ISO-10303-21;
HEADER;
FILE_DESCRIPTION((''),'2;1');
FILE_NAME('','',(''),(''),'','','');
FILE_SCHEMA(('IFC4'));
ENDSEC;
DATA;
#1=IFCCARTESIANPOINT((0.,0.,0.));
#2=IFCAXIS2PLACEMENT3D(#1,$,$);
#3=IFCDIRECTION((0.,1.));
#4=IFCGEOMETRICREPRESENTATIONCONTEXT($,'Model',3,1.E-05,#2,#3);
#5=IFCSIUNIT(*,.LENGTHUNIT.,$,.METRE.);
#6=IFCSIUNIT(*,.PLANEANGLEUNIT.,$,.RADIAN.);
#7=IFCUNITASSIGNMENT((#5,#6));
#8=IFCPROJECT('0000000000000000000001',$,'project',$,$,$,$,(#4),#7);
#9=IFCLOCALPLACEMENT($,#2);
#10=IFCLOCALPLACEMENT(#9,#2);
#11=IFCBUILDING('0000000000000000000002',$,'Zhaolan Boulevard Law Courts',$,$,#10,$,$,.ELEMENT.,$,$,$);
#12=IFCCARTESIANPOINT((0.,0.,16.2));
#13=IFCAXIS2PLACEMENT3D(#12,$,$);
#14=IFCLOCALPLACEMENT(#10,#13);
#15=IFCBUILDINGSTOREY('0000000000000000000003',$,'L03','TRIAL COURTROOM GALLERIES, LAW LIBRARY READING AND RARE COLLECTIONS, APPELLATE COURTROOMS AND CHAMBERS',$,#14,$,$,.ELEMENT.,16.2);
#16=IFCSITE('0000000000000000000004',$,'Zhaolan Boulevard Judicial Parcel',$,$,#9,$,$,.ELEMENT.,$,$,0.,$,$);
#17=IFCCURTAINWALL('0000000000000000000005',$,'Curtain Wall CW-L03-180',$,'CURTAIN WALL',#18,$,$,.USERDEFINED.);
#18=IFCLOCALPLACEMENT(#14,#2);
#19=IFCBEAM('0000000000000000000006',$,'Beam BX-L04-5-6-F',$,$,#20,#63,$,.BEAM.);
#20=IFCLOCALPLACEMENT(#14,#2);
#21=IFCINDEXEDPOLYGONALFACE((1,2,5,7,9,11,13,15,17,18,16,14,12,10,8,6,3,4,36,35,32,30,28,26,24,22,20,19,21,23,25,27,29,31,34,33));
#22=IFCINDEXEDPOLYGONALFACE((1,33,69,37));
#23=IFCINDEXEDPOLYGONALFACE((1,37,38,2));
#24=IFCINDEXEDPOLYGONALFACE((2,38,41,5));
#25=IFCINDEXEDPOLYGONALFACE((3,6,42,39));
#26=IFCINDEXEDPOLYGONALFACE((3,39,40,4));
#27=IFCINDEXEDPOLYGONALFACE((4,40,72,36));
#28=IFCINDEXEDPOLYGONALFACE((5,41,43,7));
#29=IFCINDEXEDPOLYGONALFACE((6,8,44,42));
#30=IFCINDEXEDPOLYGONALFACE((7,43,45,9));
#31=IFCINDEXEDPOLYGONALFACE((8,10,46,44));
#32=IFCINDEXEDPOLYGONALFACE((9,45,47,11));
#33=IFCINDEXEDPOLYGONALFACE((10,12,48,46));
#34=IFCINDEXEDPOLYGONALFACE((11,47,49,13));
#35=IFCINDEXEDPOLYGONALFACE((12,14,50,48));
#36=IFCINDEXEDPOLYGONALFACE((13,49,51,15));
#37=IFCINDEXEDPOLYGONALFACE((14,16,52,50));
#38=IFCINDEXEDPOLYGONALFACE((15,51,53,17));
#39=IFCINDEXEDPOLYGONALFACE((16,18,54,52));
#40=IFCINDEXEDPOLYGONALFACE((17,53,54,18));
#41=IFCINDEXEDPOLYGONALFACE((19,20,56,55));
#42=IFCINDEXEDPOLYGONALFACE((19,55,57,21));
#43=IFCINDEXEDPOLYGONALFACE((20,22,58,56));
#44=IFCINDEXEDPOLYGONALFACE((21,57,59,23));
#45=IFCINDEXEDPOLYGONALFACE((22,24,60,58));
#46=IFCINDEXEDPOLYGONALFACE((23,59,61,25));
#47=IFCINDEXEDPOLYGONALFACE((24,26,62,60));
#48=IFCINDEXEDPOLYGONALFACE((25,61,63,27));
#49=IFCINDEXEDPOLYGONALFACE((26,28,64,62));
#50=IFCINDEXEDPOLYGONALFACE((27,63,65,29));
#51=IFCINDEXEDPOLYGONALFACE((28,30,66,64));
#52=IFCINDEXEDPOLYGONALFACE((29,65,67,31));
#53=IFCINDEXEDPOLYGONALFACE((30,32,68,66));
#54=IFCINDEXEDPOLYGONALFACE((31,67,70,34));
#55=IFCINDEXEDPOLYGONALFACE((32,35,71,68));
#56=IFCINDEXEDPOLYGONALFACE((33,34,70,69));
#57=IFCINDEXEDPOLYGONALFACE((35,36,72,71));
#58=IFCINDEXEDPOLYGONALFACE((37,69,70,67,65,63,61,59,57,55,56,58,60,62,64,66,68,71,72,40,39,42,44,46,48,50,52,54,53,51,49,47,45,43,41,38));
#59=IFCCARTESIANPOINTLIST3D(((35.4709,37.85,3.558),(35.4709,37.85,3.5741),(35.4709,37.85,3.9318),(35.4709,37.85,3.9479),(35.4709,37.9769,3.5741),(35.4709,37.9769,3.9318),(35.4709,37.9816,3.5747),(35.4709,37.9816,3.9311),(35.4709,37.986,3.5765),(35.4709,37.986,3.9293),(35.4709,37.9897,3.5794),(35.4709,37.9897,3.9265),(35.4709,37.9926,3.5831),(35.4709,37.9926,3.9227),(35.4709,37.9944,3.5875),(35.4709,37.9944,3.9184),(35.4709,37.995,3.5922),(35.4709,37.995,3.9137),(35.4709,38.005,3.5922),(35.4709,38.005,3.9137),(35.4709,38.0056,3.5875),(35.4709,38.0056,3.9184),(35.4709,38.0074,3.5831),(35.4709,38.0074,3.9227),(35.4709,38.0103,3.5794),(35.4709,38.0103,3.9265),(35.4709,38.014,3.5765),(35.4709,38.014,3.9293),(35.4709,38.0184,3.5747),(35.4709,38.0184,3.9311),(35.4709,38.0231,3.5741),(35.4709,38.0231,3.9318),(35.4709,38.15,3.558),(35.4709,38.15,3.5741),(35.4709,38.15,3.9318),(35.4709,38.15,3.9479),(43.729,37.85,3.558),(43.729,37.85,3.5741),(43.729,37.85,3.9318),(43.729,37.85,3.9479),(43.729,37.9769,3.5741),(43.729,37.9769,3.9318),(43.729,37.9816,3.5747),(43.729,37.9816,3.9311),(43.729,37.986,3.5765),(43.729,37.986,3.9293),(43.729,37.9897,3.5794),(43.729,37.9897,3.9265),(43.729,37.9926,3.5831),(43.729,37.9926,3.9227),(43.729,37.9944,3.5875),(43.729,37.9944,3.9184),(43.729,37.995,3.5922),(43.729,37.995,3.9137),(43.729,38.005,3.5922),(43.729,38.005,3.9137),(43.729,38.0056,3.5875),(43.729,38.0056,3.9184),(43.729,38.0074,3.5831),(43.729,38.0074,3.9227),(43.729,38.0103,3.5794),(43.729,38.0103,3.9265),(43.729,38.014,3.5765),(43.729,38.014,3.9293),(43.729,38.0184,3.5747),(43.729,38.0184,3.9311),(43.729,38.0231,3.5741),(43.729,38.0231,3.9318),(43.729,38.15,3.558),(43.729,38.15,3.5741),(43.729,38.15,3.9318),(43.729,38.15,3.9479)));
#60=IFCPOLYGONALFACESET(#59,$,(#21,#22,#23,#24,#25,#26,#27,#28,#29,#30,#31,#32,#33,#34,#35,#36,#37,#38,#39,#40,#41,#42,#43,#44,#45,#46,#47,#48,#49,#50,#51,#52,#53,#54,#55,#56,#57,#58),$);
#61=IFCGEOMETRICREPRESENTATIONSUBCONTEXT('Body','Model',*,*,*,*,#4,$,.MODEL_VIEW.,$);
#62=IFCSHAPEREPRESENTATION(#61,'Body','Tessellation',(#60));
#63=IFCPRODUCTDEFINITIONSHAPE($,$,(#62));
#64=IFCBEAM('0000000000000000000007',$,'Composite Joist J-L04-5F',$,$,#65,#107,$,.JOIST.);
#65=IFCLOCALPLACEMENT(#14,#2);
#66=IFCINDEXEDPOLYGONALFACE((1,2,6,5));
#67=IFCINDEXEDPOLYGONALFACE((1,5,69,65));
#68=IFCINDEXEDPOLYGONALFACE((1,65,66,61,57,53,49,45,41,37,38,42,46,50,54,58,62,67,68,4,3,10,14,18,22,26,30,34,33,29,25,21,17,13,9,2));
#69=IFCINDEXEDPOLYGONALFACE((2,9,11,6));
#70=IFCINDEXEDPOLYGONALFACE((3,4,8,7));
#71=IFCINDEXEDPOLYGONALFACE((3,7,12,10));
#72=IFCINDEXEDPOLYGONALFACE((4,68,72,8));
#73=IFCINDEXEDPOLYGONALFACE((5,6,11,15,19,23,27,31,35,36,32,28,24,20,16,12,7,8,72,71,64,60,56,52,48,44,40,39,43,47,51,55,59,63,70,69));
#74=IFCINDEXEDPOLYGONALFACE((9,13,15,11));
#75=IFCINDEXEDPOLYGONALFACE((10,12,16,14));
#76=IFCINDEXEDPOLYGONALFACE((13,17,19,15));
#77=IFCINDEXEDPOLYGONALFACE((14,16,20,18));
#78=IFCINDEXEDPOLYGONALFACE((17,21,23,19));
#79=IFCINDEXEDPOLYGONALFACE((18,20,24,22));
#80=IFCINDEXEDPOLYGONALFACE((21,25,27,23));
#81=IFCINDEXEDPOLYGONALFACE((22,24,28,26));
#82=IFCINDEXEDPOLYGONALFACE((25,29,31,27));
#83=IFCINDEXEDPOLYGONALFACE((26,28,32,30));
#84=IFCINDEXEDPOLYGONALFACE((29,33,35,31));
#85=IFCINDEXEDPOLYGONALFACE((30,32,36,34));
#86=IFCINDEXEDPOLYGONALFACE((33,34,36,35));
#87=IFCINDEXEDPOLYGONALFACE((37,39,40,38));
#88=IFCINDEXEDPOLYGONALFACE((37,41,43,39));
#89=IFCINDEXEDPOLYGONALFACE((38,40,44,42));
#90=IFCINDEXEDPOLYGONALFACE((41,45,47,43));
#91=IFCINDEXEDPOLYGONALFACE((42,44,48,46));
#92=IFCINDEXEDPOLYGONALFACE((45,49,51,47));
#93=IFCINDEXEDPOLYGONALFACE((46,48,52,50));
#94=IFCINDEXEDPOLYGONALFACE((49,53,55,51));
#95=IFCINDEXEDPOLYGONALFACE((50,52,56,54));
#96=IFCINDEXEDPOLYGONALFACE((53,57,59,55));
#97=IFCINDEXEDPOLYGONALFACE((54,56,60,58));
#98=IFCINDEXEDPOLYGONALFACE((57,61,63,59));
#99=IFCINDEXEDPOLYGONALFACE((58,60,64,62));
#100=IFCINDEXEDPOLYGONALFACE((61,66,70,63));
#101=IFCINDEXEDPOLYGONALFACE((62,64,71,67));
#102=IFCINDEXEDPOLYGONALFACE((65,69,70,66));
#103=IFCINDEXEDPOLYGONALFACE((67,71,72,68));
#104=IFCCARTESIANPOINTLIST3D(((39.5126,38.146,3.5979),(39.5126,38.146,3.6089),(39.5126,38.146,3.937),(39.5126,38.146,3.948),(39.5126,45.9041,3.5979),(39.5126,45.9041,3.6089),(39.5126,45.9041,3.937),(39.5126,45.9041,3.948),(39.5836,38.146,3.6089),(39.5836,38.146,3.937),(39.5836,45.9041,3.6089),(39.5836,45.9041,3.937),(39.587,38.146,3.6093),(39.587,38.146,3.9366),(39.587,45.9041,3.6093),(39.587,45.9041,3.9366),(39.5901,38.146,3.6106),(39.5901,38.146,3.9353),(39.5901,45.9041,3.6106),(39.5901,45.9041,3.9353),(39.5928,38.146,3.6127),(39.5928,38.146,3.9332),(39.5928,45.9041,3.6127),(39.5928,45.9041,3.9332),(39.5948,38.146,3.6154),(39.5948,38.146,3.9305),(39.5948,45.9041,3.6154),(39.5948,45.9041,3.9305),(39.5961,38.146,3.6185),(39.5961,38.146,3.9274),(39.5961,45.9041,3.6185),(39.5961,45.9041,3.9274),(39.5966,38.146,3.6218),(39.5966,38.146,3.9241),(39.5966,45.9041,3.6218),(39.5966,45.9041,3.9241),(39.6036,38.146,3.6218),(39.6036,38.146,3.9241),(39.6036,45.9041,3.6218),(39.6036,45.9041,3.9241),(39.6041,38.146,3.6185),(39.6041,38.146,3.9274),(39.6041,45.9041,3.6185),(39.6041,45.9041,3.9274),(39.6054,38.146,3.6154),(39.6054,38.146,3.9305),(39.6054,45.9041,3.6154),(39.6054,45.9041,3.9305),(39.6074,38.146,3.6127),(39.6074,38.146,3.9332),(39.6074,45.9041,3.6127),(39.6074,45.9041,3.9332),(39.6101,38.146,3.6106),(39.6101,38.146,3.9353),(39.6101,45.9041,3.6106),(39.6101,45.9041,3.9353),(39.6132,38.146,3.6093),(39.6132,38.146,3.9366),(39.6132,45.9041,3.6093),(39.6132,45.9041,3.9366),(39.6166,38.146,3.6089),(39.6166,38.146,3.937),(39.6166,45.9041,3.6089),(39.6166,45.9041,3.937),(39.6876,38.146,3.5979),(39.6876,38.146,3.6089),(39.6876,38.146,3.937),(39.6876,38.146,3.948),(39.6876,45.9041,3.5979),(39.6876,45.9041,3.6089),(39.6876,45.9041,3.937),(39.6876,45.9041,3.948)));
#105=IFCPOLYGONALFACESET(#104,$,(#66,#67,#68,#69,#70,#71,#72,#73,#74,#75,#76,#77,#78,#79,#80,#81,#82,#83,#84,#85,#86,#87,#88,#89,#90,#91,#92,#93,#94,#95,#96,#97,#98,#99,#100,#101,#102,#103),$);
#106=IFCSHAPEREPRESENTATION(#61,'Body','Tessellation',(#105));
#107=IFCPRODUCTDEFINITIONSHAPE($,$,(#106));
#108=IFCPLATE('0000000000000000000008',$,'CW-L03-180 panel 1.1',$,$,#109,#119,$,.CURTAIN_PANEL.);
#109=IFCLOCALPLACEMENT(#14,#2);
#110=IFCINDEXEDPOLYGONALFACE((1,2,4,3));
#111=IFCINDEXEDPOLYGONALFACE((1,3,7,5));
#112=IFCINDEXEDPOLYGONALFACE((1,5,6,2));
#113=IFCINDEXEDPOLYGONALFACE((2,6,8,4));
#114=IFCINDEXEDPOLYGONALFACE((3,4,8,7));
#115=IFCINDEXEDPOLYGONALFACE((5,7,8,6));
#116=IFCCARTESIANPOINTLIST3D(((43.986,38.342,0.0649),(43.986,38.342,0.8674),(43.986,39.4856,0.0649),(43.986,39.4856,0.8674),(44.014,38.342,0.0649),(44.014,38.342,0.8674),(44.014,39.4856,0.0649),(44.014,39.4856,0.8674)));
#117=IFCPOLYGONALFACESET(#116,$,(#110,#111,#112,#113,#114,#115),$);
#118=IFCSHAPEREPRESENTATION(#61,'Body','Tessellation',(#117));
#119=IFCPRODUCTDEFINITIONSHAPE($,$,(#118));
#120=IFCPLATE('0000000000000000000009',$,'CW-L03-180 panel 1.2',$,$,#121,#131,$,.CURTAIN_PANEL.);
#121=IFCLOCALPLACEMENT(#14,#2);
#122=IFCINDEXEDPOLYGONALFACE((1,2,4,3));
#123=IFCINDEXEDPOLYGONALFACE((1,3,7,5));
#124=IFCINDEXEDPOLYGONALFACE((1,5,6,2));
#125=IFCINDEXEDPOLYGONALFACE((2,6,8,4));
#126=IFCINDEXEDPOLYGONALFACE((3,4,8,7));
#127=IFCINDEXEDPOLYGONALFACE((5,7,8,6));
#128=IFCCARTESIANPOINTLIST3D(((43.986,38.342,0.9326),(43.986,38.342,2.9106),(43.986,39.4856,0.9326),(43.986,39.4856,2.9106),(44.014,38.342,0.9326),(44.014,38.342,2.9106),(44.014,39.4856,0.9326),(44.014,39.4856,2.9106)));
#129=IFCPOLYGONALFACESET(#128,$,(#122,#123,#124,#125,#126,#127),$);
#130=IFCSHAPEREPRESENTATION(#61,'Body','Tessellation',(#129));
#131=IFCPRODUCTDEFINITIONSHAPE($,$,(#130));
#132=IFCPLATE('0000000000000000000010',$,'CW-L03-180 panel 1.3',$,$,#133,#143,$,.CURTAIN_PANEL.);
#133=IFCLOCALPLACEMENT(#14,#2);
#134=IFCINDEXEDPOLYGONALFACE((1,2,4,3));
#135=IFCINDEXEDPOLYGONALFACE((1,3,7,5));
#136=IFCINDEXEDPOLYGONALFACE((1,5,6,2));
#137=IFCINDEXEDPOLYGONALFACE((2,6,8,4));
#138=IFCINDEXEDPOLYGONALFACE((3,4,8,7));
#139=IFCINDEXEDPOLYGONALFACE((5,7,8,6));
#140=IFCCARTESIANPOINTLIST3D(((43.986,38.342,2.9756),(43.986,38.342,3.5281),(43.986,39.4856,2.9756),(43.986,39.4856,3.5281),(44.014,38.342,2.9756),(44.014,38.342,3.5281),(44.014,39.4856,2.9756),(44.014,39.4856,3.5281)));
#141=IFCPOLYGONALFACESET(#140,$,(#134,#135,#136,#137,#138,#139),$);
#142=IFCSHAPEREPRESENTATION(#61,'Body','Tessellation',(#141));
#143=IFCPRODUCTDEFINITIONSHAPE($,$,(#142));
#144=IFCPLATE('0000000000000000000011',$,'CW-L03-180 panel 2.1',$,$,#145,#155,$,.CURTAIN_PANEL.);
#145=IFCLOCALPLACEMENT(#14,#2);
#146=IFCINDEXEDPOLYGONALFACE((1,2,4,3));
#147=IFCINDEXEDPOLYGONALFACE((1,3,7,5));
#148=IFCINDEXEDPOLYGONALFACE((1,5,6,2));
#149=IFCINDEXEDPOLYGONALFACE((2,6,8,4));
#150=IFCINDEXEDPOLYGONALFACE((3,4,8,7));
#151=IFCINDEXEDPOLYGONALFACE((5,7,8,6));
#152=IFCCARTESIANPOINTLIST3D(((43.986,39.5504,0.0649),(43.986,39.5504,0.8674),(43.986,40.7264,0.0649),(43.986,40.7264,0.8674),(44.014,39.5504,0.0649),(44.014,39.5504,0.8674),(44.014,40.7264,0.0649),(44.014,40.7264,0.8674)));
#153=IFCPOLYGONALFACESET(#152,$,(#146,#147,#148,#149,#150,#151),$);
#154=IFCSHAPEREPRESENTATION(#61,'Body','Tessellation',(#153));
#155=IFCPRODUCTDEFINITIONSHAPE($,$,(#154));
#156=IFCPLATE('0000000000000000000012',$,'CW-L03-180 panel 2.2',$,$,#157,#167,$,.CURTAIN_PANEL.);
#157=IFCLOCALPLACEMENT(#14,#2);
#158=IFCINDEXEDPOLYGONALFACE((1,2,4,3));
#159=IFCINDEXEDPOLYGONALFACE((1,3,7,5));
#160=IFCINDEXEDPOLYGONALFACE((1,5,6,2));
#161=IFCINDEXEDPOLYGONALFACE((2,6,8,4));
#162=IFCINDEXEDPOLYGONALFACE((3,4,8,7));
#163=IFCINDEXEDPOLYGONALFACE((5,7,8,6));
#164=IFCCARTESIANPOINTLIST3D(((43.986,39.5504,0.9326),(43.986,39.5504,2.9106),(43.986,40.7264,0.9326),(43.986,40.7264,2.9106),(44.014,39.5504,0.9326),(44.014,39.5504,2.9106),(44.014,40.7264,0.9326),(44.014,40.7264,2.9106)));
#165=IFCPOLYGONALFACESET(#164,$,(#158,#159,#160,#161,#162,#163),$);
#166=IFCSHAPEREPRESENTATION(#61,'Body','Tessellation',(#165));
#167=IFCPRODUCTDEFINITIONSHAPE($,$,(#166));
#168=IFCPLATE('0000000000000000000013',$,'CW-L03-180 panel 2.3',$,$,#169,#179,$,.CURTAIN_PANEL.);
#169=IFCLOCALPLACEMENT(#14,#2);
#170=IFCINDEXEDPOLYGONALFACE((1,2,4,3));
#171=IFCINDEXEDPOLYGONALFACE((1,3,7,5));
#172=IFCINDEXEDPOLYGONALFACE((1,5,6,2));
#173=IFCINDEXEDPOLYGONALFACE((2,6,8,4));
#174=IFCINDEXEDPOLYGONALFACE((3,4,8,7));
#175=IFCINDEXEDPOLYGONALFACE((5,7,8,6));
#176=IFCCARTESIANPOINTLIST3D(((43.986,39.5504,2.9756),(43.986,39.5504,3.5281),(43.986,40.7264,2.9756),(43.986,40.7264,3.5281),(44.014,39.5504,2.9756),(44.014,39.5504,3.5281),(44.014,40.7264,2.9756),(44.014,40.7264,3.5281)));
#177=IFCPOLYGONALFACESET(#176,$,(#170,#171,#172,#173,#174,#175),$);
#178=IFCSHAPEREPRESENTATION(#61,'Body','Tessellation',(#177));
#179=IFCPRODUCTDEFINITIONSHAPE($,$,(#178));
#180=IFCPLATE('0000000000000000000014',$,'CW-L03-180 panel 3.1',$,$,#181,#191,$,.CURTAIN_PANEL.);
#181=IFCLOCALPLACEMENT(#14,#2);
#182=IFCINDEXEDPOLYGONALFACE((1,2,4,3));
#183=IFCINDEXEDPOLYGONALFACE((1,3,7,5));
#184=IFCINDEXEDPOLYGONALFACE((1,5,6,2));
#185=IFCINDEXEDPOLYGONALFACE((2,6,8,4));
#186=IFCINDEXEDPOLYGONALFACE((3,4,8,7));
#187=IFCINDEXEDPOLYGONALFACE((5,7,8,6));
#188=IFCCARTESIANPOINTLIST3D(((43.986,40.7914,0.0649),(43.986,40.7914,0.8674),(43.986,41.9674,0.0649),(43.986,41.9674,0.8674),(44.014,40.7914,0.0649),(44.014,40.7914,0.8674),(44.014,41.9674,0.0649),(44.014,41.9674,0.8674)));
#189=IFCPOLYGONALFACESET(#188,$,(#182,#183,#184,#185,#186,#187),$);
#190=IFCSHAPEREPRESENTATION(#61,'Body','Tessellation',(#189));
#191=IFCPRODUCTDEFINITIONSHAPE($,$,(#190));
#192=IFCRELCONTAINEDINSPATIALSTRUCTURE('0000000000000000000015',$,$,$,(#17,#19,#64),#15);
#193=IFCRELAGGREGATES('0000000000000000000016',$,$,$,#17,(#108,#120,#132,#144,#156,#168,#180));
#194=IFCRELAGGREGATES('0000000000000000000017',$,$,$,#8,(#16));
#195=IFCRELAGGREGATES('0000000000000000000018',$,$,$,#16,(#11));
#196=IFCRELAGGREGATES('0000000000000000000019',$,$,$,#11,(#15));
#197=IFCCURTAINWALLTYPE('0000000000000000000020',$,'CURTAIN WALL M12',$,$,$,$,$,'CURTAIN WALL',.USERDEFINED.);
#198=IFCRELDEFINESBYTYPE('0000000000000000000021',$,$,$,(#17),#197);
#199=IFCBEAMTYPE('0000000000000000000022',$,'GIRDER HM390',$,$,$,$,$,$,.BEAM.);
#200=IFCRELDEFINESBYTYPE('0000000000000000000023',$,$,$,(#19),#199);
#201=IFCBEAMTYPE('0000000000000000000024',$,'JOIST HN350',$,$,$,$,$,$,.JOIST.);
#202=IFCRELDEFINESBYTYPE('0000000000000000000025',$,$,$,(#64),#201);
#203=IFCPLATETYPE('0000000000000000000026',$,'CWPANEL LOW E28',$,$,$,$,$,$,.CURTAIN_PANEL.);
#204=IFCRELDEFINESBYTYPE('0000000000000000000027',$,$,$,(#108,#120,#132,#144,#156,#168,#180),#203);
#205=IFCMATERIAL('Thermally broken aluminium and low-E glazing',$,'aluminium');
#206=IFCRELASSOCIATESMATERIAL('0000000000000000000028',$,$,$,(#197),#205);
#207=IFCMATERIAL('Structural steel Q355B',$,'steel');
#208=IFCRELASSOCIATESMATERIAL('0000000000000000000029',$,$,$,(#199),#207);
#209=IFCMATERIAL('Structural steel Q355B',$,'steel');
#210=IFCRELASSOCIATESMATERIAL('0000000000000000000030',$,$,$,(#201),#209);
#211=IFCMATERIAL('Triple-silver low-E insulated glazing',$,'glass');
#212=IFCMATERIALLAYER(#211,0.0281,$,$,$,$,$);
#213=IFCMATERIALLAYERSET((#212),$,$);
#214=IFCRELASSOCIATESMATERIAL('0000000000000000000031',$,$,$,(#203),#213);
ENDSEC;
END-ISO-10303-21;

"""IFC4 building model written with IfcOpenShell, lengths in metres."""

from ifc_helpers import new_model, si_unit, direction, frame, origin, origin_2d, place, context, subcontext, project, spatial, rectangle, i_section, extrude, material, layer, layer_set, material_profile, profile_set, type_object, element, aggregate, save


model = new_model("IFC4")

# Units and contexts
model_context = context("Model", 3, precision=1e-05, world=origin(), true_north=direction((0.0, 1.0)))
body_context = subcontext(model_context, "Body", "Model", "MODEL_VIEW")
ifc_project = project(units=[si_unit("LENGTHUNIT", "METRE"), si_unit("PLANEANGLEUNIT", "RADIAN")], contexts=[model_context])

# Site, building, storey
site_placement = place(None, origin())
site = spatial("IfcSite", under=ifc_project, at=site_placement, Name="Zhaolan Boulevard Judicial Parcel", CompositionType="ELEMENT", RefElevation=0.0)
building_placement = place(site_placement, origin())
building = spatial("IfcBuilding", under=site, at=building_placement, Name="Zhaolan Boulevard Law Courts", CompositionType="ELEMENT")
storey_placement = place(building_placement, frame((0.0, 0.0, 16.2)))
storey = spatial("IfcBuildingStorey", under=building, at=storey_placement, Name="L03", Description="TRIAL COURTROOM GALLERIES, LAW LIBRARY READING AND RARE COLLECTIONS, APPELLATE COURTROOMS AND CHAMBERS", CompositionType="ELEMENT", Elevation=16.2)

# Curtain wall
ifc_material_1 = material(Name="Thermally broken aluminium and low-E glazing", Category="aluminium")
curtain_wall_type = type_object("IfcCurtainWallType", Name="CURTAIN WALL M12", ElementType="CURTAIN WALL", PredefinedType="USERDEFINED", material=ifc_material_1)
curtain_wall_placement = place(storey_placement, origin())
curtain_wall = element("IfcCurtainWall", 1, at=curtain_wall_placement, inside=storey, type_object=curtain_wall_type, Name="Curtain Wall CW-L03-180", ObjectType="CURTAIN WALL", PredefinedType="USERDEFINED")

# Beams
ifc_material_2 = material(Name="Structural steel Q355B", Category="steel")
ifc_material_profile_1 = material_profile(ifc_material_2, i_section(OverallWidth=0.3, OverallDepth=0.3899, WebThickness=0.01, FlangeThickness=0.0161, FilletRadius=0.0181, at=origin_2d()), Name="HM390x300")
ifc_profile_set_1 = profile_set([ifc_material_profile_1], Name="Structural steel Q355B")
beam_type_1 = type_object("IfcBeamType", Name="GIRDER HM390", PredefinedType="BEAM", material=ifc_profile_set_1)
beam_1_placement = place(storey_placement, frame((35.4709, 38.0, 3.7529), z_axis=(1.0, 0.0, 0.0), x_axis=(0.0, 1.0, 0.0)))
element("IfcBeam", 2, at=beam_1_placement, inside=storey, type_object=beam_type_1, Name="Beam BX-L04-5-6-F", PredefinedType="BEAM", context=body_context, shape_type="SweptSolid", body=[
    extrude(i_section(OverallWidth=0.3, OverallDepth=0.3899, WebThickness=0.01, FlangeThickness=0.0161, FilletRadius=0.0181, at=origin_2d()), origin(), (0.0, 0.0, 1.0), 8.2581),
])
ifc_material_3 = material(Name="Structural steel Q355B", Category="steel")
ifc_material_profile_2 = material_profile(ifc_material_3, i_section(OverallWidth=0.175, OverallDepth=0.3501, WebThickness=0.0071, FlangeThickness=0.011, FilletRadius=0.0129, at=origin_2d()), Name="HN350x175")
ifc_profile_set_2 = profile_set([ifc_material_profile_2], Name="Structural steel Q355B")
beam_type_2 = type_object("IfcBeamType", Name="JOIST HN350", PredefinedType="JOIST", material=ifc_profile_set_2)
beam_2_placement = place(storey_placement, frame((39.6001, 38.146, 3.7729), z_axis=(0.0, 1.0, 0.0), x_axis=(-1.0, 0.0, 0.0)))
element("IfcBeam", 3, at=beam_2_placement, inside=storey, type_object=beam_type_2, Name="Composite Joist J-L04-5F", PredefinedType="JOIST", context=body_context, shape_type="SweptSolid", body=[
    extrude(i_section(OverallWidth=0.175, OverallDepth=0.3501, WebThickness=0.0071, FlangeThickness=0.011, FilletRadius=0.0129, at=origin_2d()), origin(), (0.0, 0.0, 1.0), 7.7581),
])

# Plates
ifc_material_4 = material(Name="Triple-silver low-E insulated glazing", Category="glass")
ifc_layer_1 = layer(ifc_material_4, 0.0281)
ifc_layer_set_1 = layer_set([ifc_layer_1])
plate_type_1 = type_object("IfcPlateType", Name="CWPANEL LOW E28", PredefinedType="CURTAIN_PANEL", material=ifc_layer_set_1)
plate_1_placement = place(storey_placement, frame((44.0, 38.9138, 0.0649), z_axis=(0.0, 0.0, 1.0), x_axis=(0.0, 1.0, 0.0)))
plate_1 = element("IfcPlate", 4, at=plate_1_placement, type_object=plate_type_1, Name="CW-L03-180 panel 1.1", PredefinedType="CURTAIN_PANEL", context=body_context, shape_type="SweptSolid", body=[
    extrude(rectangle(XDim=1.1436, YDim=0.0281, at=origin_2d()), origin(), (0.0, 0.0, 1.0), 0.8025),
])
plate_2_placement = place(storey_placement, frame((44.0, 38.9138, 0.9326), z_axis=(0.0, 0.0, 1.0), x_axis=(0.0, 1.0, 0.0)))
plate_2 = element("IfcPlate", 5, at=plate_2_placement, type_object=plate_type_1, Name="CW-L03-180 panel 1.2", PredefinedType="CURTAIN_PANEL", context=body_context, shape_type="SweptSolid", body=[
    extrude(rectangle(XDim=1.1436, YDim=0.0281, at=origin_2d()), origin(), (0.0, 0.0, 1.0), 1.978),
])
plate_3_placement = place(storey_placement, frame((44.0, 38.9138, 2.9756), z_axis=(0.0, 0.0, 1.0), x_axis=(0.0, 1.0, 0.0)))
plate_3 = element("IfcPlate", 6, at=plate_3_placement, type_object=plate_type_1, Name="CW-L03-180 panel 1.3", PredefinedType="CURTAIN_PANEL", context=body_context, shape_type="SweptSolid", body=[
    extrude(rectangle(XDim=1.1436, YDim=0.0281, at=origin_2d()), origin(), (0.0, 0.0, 1.0), 0.5525),
])
plate_4_placement = place(storey_placement, frame((44.0, 40.1384, 0.0649), z_axis=(0.0, 0.0, 1.0), x_axis=(0.0, 1.0, 0.0)))
plate_4 = element("IfcPlate", 7, at=plate_4_placement, type_object=plate_type_1, Name="CW-L03-180 panel 2.1", PredefinedType="CURTAIN_PANEL", context=body_context, shape_type="SweptSolid", body=[
    extrude(rectangle(XDim=1.176, YDim=0.0281, at=origin_2d()), origin(), (0.0, 0.0, 1.0), 0.8025),
])
plate_5_placement = place(storey_placement, frame((44.0, 40.1384, 0.9326), z_axis=(0.0, 0.0, 1.0), x_axis=(0.0, 1.0, 0.0)))
plate_5 = element("IfcPlate", 8, at=plate_5_placement, type_object=plate_type_1, Name="CW-L03-180 panel 2.2", PredefinedType="CURTAIN_PANEL", context=body_context, shape_type="SweptSolid", body=[
    extrude(rectangle(XDim=1.176, YDim=0.0281, at=origin_2d()), origin(), (0.0, 0.0, 1.0), 1.978),
])
plate_6_placement = place(storey_placement, frame((44.0, 40.1384, 2.9756), z_axis=(0.0, 0.0, 1.0), x_axis=(0.0, 1.0, 0.0)))
plate_6 = element("IfcPlate", 9, at=plate_6_placement, type_object=plate_type_1, Name="CW-L03-180 panel 2.3", PredefinedType="CURTAIN_PANEL", context=body_context, shape_type="SweptSolid", body=[
    extrude(rectangle(XDim=1.176, YDim=0.0281, at=origin_2d()), origin(), (0.0, 0.0, 1.0), 0.5525),
])
plate_7_placement = place(storey_placement, frame((44.0, 41.3794, 0.0649), z_axis=(0.0, 0.0, 1.0), x_axis=(0.0, 1.0, 0.0)))
plate_7 = element("IfcPlate", 10, at=plate_7_placement, type_object=plate_type_1, Name="CW-L03-180 panel 3.1", PredefinedType="CURTAIN_PANEL", context=body_context, shape_type="SweptSolid", body=[
    extrude(rectangle(XDim=1.176, YDim=0.0281, at=origin_2d()), origin(), (0.0, 0.0, 1.0), 0.8025),
])
aggregate(curtain_wall, [plate_1, plate_2, plate_3, plate_4, plate_5, plate_6, plate_7])

save(model, "model.ifc")
